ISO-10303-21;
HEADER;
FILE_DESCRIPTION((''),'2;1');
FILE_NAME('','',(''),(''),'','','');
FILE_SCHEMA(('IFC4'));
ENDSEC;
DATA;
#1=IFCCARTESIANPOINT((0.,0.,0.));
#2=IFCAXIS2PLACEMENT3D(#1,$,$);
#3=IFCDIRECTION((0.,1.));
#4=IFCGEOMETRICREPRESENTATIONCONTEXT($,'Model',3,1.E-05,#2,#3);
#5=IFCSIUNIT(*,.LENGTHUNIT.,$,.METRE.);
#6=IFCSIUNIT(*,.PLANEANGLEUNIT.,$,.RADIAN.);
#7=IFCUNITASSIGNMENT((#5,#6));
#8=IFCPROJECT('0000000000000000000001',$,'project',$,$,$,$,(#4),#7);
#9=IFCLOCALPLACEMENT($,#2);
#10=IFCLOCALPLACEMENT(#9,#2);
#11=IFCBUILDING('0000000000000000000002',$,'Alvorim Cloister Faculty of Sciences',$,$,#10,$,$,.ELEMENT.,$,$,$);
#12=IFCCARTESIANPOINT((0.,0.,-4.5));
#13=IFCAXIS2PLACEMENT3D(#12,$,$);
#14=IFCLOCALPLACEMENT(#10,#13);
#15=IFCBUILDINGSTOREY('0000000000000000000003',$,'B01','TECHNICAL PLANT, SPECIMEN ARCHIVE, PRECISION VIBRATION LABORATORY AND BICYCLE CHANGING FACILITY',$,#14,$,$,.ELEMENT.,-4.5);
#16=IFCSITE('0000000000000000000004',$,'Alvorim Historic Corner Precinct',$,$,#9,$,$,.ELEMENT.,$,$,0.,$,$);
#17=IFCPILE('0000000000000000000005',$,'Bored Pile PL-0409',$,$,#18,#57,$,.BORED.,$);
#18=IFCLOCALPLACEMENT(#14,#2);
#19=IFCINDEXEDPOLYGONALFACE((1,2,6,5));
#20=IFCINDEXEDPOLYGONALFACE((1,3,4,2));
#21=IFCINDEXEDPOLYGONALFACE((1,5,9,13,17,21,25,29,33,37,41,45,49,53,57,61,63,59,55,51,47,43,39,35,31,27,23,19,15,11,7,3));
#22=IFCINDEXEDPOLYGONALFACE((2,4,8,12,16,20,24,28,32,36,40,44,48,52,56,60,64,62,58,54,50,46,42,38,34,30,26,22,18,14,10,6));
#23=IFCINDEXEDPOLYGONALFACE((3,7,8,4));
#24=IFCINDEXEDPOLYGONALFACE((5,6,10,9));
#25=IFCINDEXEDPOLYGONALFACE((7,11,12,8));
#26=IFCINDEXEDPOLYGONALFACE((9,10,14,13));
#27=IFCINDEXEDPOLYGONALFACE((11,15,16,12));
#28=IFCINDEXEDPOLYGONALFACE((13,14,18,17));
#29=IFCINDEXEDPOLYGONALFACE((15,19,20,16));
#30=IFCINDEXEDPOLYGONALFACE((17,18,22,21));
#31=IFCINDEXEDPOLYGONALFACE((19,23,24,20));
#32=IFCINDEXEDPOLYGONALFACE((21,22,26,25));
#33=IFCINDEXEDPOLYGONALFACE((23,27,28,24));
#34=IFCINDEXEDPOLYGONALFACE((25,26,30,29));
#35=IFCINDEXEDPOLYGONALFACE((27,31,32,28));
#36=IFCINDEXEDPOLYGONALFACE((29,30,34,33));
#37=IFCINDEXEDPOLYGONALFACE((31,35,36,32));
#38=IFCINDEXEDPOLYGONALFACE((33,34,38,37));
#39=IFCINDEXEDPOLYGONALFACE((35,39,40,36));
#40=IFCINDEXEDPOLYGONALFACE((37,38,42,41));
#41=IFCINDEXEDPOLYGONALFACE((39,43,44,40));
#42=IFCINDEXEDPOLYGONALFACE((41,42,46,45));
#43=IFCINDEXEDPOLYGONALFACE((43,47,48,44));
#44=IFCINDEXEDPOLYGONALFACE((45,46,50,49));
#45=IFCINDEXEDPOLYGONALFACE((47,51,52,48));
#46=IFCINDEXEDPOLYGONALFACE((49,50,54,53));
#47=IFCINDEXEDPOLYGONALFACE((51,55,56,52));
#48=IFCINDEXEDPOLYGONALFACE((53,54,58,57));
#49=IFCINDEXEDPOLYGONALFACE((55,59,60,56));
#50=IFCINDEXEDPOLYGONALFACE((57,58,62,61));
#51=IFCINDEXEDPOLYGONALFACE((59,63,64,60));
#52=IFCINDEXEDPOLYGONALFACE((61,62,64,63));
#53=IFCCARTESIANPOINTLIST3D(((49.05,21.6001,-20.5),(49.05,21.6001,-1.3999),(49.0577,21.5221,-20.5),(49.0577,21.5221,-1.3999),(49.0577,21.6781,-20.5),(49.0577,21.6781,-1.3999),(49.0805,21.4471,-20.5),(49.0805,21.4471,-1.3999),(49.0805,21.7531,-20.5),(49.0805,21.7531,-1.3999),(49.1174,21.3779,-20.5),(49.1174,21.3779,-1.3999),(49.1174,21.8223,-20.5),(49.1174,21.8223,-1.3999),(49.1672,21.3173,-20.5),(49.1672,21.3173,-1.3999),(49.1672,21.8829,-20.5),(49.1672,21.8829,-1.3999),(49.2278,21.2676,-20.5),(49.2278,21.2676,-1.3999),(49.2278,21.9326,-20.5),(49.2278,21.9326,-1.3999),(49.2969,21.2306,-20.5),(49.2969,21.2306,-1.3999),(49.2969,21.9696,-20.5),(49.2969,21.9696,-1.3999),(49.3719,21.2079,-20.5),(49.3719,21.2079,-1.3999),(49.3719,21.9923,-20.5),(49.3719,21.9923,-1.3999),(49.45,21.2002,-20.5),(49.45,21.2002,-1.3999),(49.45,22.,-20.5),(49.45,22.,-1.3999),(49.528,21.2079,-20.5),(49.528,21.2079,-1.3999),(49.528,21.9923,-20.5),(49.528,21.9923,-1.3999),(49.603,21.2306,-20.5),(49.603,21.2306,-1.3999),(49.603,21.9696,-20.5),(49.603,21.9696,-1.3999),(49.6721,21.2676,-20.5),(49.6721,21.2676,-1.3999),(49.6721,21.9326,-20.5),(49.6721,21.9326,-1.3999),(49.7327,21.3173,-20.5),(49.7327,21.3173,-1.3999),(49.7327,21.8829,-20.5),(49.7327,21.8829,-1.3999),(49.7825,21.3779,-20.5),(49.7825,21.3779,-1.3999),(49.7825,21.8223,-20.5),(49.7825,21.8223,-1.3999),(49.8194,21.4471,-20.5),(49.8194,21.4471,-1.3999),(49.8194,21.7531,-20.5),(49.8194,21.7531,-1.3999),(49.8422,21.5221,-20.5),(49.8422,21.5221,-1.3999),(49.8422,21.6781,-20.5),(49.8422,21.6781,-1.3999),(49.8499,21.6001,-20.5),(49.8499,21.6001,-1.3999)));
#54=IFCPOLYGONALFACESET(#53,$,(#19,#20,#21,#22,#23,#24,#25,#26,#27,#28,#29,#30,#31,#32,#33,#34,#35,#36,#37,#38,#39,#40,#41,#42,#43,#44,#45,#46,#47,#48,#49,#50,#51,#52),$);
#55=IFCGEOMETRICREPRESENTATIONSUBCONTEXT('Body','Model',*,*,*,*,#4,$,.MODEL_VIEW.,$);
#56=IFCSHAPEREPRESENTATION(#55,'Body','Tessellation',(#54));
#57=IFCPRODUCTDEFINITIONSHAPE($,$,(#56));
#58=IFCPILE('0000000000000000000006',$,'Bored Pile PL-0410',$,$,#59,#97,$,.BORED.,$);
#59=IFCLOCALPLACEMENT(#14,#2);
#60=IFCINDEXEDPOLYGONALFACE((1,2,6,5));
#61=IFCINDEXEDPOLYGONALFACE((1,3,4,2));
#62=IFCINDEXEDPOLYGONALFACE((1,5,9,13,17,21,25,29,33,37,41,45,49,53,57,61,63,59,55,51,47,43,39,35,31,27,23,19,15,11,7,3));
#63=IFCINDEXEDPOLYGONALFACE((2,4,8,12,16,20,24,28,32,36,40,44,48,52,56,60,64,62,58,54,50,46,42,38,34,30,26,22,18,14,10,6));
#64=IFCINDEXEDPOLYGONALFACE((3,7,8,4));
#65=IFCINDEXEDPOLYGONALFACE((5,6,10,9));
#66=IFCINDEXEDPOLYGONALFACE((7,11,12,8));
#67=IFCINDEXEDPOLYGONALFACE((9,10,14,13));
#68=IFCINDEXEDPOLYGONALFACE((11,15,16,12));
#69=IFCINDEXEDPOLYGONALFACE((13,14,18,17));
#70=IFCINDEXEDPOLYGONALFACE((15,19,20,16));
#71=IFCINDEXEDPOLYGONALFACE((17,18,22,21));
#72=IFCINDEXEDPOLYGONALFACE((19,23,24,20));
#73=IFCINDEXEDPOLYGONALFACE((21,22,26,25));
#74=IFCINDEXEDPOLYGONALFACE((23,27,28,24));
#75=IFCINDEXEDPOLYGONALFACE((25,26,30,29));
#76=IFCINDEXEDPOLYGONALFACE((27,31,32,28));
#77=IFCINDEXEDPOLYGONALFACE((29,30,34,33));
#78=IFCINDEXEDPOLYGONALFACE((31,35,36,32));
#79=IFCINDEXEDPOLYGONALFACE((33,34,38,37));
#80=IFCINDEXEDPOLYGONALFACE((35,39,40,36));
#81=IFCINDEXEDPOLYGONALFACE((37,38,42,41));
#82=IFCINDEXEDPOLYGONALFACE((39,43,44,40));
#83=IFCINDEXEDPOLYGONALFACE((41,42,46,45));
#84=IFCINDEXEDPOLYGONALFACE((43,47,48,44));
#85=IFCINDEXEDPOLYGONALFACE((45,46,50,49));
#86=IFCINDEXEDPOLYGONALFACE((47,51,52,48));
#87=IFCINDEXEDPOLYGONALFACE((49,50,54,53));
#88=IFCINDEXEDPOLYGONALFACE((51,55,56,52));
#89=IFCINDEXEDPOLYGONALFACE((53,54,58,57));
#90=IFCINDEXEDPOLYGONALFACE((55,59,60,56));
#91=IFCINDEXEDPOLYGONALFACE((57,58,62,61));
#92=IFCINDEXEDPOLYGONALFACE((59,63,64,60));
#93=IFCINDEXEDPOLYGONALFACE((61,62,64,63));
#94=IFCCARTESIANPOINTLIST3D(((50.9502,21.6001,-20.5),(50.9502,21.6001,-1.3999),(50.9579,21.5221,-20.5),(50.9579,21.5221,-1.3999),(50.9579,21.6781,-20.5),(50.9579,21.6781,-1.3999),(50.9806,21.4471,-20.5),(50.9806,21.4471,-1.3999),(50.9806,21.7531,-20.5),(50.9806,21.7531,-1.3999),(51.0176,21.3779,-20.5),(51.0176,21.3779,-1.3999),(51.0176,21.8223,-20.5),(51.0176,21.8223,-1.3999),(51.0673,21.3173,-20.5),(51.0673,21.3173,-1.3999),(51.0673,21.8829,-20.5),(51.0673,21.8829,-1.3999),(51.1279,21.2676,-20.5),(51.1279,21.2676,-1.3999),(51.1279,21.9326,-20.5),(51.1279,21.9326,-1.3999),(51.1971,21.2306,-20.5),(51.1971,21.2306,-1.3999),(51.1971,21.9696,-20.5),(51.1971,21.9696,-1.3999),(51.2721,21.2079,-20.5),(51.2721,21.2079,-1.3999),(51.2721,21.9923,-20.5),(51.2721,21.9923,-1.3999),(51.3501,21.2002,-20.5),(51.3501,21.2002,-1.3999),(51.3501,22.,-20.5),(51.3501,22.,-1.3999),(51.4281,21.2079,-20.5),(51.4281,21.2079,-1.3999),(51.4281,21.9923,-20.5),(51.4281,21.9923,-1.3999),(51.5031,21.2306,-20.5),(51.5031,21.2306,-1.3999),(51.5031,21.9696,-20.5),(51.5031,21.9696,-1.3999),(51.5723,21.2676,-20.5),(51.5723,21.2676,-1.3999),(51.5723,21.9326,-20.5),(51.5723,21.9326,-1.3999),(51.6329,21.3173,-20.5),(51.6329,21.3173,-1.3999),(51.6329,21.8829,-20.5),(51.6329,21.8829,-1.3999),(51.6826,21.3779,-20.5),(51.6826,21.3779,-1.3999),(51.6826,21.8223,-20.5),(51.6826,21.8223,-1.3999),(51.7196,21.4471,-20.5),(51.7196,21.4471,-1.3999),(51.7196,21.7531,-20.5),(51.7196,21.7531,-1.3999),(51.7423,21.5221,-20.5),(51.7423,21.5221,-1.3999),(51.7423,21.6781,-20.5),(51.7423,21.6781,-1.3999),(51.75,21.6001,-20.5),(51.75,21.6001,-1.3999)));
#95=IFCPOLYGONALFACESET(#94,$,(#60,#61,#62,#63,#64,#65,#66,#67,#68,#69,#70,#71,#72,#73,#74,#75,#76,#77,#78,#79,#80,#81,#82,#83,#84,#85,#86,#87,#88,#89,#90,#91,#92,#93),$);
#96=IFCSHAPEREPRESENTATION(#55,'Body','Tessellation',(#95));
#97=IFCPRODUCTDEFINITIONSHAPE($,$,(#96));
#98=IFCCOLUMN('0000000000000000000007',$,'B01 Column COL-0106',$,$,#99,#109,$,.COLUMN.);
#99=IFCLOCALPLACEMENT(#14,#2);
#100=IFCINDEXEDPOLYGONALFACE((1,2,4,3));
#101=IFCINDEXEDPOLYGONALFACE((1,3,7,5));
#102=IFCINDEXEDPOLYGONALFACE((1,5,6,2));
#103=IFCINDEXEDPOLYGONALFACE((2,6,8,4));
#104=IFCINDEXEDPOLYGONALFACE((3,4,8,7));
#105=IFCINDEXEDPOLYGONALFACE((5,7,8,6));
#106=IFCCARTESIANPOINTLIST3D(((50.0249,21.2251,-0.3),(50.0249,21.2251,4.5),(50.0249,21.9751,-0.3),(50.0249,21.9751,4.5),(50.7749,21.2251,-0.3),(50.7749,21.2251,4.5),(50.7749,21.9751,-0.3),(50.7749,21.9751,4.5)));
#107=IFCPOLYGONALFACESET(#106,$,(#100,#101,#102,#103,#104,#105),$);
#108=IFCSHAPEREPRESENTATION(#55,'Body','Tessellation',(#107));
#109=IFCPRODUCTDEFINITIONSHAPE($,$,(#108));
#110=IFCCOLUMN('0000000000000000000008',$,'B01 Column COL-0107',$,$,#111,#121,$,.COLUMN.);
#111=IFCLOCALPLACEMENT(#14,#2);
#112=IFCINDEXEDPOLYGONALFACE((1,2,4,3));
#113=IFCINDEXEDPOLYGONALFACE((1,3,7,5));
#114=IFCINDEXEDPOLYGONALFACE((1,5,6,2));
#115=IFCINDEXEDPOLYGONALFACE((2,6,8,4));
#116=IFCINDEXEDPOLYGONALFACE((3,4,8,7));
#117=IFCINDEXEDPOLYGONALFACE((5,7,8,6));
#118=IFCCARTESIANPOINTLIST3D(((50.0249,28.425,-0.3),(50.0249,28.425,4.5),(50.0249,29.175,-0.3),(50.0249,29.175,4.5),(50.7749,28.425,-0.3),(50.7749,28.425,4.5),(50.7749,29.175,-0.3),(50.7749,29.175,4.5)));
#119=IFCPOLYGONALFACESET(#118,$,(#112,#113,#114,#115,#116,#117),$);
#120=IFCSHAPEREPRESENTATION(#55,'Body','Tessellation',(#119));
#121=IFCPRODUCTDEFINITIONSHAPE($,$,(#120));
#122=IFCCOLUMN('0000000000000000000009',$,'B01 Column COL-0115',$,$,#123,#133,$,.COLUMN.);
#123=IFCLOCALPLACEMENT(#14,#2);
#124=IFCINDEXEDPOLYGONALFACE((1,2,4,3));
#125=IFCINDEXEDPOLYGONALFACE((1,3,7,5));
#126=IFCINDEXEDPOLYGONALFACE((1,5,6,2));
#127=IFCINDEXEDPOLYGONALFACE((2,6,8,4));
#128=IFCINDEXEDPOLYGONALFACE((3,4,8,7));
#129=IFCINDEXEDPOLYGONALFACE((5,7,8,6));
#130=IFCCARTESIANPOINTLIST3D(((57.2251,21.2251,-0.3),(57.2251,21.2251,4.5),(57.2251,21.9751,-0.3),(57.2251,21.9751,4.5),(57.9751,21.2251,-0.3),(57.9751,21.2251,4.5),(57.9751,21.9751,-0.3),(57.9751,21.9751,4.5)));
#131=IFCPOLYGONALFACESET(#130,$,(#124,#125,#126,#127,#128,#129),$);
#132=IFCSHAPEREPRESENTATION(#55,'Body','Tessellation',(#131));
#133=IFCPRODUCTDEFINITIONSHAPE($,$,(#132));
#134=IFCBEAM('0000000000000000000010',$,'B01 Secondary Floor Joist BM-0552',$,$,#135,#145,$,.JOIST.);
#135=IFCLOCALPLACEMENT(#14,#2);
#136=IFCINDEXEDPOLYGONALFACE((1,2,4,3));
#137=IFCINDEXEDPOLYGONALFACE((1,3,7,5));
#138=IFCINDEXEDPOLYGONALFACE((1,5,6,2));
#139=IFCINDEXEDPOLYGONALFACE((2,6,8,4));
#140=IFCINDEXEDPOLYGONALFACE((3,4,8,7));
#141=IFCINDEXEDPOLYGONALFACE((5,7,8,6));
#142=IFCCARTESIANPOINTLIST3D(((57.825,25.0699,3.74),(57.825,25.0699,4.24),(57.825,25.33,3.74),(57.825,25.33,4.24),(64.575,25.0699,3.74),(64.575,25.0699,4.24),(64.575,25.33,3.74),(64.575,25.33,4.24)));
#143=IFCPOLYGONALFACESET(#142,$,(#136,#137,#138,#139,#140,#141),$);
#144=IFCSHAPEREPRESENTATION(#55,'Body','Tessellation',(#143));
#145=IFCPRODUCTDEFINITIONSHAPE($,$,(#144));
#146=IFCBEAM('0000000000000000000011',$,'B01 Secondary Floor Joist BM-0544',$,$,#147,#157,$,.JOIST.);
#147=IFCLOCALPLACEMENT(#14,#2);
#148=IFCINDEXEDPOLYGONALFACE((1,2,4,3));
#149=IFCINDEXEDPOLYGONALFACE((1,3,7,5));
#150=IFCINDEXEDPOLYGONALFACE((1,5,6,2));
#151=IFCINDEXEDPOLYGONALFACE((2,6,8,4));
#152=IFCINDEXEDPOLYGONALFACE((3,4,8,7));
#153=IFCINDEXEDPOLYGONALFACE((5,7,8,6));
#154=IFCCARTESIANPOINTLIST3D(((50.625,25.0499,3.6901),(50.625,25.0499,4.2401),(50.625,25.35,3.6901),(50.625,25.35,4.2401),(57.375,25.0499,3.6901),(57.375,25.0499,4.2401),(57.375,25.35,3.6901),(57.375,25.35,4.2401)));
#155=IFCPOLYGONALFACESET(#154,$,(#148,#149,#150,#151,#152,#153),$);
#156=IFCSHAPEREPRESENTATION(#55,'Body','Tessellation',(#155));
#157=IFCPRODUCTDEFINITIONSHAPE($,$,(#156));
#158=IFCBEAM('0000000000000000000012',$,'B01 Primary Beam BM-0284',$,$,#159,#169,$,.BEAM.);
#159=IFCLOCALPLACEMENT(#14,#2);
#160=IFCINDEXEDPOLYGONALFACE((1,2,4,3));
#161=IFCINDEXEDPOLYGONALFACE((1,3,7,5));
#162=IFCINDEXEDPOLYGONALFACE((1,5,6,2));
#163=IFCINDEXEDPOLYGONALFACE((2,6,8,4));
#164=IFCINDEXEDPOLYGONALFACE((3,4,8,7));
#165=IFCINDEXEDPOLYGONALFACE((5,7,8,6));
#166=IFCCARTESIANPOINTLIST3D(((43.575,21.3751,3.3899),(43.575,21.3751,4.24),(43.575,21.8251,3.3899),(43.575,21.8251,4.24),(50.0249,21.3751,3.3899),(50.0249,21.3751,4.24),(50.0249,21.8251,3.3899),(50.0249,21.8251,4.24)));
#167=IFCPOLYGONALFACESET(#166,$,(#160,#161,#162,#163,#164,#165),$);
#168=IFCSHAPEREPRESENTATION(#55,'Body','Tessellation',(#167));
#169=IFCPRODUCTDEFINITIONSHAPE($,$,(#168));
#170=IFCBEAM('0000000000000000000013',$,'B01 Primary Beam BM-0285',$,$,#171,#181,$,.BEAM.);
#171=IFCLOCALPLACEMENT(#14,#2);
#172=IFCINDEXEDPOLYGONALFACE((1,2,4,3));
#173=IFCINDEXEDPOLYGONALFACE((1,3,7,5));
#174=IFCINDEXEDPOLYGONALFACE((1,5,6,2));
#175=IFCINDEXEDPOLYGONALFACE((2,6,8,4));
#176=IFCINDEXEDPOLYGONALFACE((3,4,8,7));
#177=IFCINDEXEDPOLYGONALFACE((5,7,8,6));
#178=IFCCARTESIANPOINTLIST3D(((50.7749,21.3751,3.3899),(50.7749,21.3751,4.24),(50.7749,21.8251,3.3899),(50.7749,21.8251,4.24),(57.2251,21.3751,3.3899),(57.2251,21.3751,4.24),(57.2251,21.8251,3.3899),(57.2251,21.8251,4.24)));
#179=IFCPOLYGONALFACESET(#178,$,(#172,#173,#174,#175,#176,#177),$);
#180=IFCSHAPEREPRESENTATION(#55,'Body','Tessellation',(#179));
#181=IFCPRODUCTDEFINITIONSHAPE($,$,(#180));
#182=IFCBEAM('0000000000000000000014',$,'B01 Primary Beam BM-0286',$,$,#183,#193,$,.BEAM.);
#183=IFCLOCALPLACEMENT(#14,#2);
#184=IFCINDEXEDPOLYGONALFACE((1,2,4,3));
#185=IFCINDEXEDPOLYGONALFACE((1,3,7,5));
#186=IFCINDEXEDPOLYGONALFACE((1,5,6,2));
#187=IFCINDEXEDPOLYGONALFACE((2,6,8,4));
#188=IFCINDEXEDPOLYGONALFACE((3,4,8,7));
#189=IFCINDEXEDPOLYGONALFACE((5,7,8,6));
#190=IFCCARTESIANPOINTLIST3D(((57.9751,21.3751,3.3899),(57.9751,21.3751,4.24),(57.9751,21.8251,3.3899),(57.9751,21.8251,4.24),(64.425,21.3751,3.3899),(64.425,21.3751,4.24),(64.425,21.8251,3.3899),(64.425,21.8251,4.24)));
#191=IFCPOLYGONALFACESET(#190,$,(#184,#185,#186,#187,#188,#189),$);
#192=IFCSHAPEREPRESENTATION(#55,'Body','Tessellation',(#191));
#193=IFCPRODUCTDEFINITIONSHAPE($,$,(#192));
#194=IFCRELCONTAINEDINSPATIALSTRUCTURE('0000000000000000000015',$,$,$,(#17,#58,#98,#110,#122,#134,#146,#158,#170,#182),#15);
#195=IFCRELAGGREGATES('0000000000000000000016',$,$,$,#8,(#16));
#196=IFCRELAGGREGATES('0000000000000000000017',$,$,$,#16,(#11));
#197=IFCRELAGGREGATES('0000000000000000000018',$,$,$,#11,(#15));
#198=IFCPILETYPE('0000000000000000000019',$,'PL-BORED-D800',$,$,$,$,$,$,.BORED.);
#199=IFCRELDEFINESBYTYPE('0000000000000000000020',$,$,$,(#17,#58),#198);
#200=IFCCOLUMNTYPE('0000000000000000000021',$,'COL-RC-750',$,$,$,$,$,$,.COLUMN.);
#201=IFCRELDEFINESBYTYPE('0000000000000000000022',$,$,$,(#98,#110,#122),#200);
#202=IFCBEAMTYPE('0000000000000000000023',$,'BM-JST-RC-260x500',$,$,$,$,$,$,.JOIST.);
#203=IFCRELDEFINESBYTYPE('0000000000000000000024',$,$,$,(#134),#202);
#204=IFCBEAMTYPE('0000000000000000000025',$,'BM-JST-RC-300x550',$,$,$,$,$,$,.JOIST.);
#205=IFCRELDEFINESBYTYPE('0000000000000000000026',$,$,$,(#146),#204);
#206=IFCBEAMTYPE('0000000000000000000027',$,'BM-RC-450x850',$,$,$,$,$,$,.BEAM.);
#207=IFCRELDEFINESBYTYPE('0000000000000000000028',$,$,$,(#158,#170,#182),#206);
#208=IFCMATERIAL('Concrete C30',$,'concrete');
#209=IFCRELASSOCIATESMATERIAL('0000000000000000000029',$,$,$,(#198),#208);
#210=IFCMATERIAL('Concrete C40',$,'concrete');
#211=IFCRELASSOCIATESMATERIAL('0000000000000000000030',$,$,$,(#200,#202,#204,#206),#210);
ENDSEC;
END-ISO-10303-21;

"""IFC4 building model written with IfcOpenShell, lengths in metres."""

from ifc_helpers import new_model, si_unit, direction, frame, origin, origin_2d, place, context, subcontext, project, spatial, rectangle, circle, extrude, material, material_profile, profile_set, type_object, element, save


model = new_model("IFC4")

# Units and contexts
model_context = context("Model", 3, precision=1e-05, world=origin(), true_north=direction((0.0, 1.0)))
body_context = subcontext(model_context, "Body", "Model", "MODEL_VIEW")
ifc_project = project(units=[si_unit("LENGTHUNIT", "METRE"), si_unit("PLANEANGLEUNIT", "RADIAN")], contexts=[model_context])

# Site, building, storey
site_placement = place(None, origin())
site = spatial("IfcSite", under=ifc_project, at=site_placement, Name="Alvorim Historic Corner Precinct", CompositionType="ELEMENT", RefElevation=0.0)
building_placement = place(site_placement, origin())
building = spatial("IfcBuilding", under=site, at=building_placement, Name="Alvorim Cloister Faculty of Sciences", CompositionType="ELEMENT")
storey_placement = place(building_placement, frame((0.0, 0.0, -4.5)))
storey = spatial("IfcBuildingStorey", under=building, at=storey_placement, Name="B01", Description="TECHNICAL PLANT, SPECIMEN ARCHIVE, PRECISION VIBRATION LABORATORY AND BICYCLE CHANGING FACILITY", CompositionType="ELEMENT", Elevation=-4.5)

# Shared definitions
ifc_material_1 = material(Name="Concrete C40", Category="concrete")

# Piles
ifc_material_2 = material(Name="Concrete C30", Category="concrete")
ifc_material_profile_1 = material_profile(ifc_material_2, circle(Radius=0.3999, at=origin_2d()), Name="PILE-D800")
ifc_profile_set_1 = profile_set([ifc_material_profile_1], Name="Concrete C30")
pile_type_1 = type_object("IfcPileType", Name="PL-BORED-D800", PredefinedType="BORED", material=ifc_profile_set_1)
for number, where, z_axis, x_axis, name in (
    (1, (49.45, 21.6001, -1.3999), (0.0, 0.0, -1.0), (1.0, 0.0, 0.0), "Bored Pile PL-0409"),
    (2, (51.3501, 21.6001, -1.3999), (0.0, 0.0, -1.0), (1.0, 0.0, 0.0), "Bored Pile PL-0410"),
):
    element("IfcPile", number, at=place(storey_placement, frame(where, z_axis=z_axis, x_axis=x_axis)), inside=storey, type_object=pile_type_1, Name=name, PredefinedType="BORED", context=body_context, shape_type="SweptSolid", body=[
        extrude(circle(Radius=0.3999, at=origin_2d()), origin(), (0.0, 0.0, 1.0), 19.1001),
    ])

# Columns
ifc_material_profile_2 = material_profile(ifc_material_1, rectangle(XDim=0.75, YDim=0.75, at=origin_2d()), Name="RC40-COL-750x750")
ifc_profile_set_2 = profile_set([ifc_material_profile_2], Name="Concrete C40")
column_type = type_object("IfcColumnType", Name="COL-RC-750", PredefinedType="COLUMN", material=ifc_profile_set_2)
for number, where, z_axis, x_axis, name in (
    (3, (50.3999, 21.6001, -0.3), (0.0, 0.0, 1.0), (1.0, 0.0, 0.0), "B01 Column COL-0106"),
    (4, (50.3999, 28.8, -0.3), (0.0, 0.0, 1.0), (1.0, 0.0, 0.0), "B01 Column COL-0107"),
    (5, (57.6001, 21.6001, -0.3), (0.0, 0.0, 1.0), (1.0, 0.0, 0.0), "B01 Column COL-0115"),
):
    element("IfcColumn", number, at=place(storey_placement, frame(where, z_axis=z_axis, x_axis=x_axis)), inside=storey, type_object=column_type, Name=name, PredefinedType="COLUMN", context=body_context, shape_type="SweptSolid", body=[
        extrude(rectangle(XDim=0.75, YDim=0.75, at=origin_2d()), origin(), (0.0, 0.0, 1.0), 4.8),
    ])

# Beams
ifc_material_profile_3 = material_profile(ifc_material_1, rectangle(XDim=0.26, YDim=0.5, at=origin_2d()), Name="RC40-JST-260x500")
ifc_profile_set_3 = profile_set([ifc_material_profile_3], Name="Concrete C40")
beam_type_1 = type_object("IfcBeamType", Name="BM-JST-RC-260x500", PredefinedType="JOIST", material=ifc_profile_set_3)
beam_1_placement = place(storey_placement, frame((57.825, 25.2, 3.99), z_axis=(1.0, 0.0, 0.0), x_axis=(0.0, 1.0, 0.0)))
element("IfcBeam", 6, at=beam_1_placement, inside=storey, type_object=beam_type_1, Name="B01 Secondary Floor Joist BM-0552", PredefinedType="JOIST", context=body_context, shape_type="SweptSolid", body=[
    extrude(rectangle(XDim=0.26, YDim=0.5, at=origin_2d()), origin(), (0.0, 0.0, 1.0), 6.75),
])
ifc_material_profile_4 = material_profile(ifc_material_1, rectangle(XDim=0.3, YDim=0.55, at=origin_2d()), Name="RC40-JST-300x550")
ifc_profile_set_4 = profile_set([ifc_material_profile_4], Name="Concrete C40")
beam_type_2 = type_object("IfcBeamType", Name="BM-JST-RC-300x550", PredefinedType="JOIST", material=ifc_profile_set_4)
beam_2_placement = place(storey_placement, frame((50.625, 25.2, 3.9651), z_axis=(1.0, 0.0, 0.0), x_axis=(0.0, 1.0, 0.0)))
element("IfcBeam", 7, at=beam_2_placement, inside=storey, type_object=beam_type_2, Name="B01 Secondary Floor Joist BM-0544", PredefinedType="JOIST", context=body_context, shape_type="SweptSolid", body=[
    extrude(rectangle(XDim=0.3, YDim=0.55, at=origin_2d()), origin(), (0.0, 0.0, 1.0), 6.75),
])
ifc_material_profile_5 = material_profile(ifc_material_1, rectangle(XDim=0.45, YDim=0.8501, at=origin_2d()), Name="RC40-BM-450x850")
ifc_profile_set_5 = profile_set([ifc_material_profile_5], Name="Concrete C40")
beam_type_3 = type_object("IfcBeamType", Name="BM-RC-450x850", PredefinedType="BEAM", material=ifc_profile_set_5)
beam_3_placement = place(storey_placement, frame((43.575, 21.6001, 3.8149), z_axis=(1.0, 0.0, 0.0), x_axis=(0.0, 1.0, 0.0)))
element("IfcBeam", 8, at=beam_3_placement, inside=storey, type_object=beam_type_3, Name="B01 Primary Beam BM-0284", PredefinedType="BEAM", context=body_context, shape_type="SweptSolid", body=[
    extrude(rectangle(XDim=0.45, YDim=0.8501, at=origin_2d()), origin(), (0.0, 0.0, 1.0), 6.45),
])
beam_4_placement = place(storey_placement, frame((50.7749, 21.6001, 3.8149), z_axis=(1.0, 0.0, 0.0), x_axis=(0.0, 1.0, 0.0)))
element("IfcBeam", 9, at=beam_4_placement, inside=storey, type_object=beam_type_3, Name="B01 Primary Beam BM-0285", PredefinedType="BEAM", context=body_context, shape_type="SweptSolid", body=[
    extrude(rectangle(XDim=0.45, YDim=0.8501, at=origin_2d()), origin(), (0.0, 0.0, 1.0), 6.4502),
])
for number, where, z_axis, x_axis, name in (
    (10, (57.9751, 21.6001, 3.8149), (1.0, 0.0, 0.0), (0.0, 1.0, 0.0), "B01 Primary Beam BM-0286"),
):
    element("IfcBeam", number, at=place(storey_placement, frame(where, z_axis=z_axis, x_axis=x_axis)), inside=storey, type_object=beam_type_3, Name=name, PredefinedType="BEAM", context=body_context, shape_type="SweptSolid", body=[
        extrude(rectangle(XDim=0.45, YDim=0.8501, at=origin_2d()), origin(), (0.0, 0.0, 1.0), 6.45),
    ])

save(model, "model.ifc")
